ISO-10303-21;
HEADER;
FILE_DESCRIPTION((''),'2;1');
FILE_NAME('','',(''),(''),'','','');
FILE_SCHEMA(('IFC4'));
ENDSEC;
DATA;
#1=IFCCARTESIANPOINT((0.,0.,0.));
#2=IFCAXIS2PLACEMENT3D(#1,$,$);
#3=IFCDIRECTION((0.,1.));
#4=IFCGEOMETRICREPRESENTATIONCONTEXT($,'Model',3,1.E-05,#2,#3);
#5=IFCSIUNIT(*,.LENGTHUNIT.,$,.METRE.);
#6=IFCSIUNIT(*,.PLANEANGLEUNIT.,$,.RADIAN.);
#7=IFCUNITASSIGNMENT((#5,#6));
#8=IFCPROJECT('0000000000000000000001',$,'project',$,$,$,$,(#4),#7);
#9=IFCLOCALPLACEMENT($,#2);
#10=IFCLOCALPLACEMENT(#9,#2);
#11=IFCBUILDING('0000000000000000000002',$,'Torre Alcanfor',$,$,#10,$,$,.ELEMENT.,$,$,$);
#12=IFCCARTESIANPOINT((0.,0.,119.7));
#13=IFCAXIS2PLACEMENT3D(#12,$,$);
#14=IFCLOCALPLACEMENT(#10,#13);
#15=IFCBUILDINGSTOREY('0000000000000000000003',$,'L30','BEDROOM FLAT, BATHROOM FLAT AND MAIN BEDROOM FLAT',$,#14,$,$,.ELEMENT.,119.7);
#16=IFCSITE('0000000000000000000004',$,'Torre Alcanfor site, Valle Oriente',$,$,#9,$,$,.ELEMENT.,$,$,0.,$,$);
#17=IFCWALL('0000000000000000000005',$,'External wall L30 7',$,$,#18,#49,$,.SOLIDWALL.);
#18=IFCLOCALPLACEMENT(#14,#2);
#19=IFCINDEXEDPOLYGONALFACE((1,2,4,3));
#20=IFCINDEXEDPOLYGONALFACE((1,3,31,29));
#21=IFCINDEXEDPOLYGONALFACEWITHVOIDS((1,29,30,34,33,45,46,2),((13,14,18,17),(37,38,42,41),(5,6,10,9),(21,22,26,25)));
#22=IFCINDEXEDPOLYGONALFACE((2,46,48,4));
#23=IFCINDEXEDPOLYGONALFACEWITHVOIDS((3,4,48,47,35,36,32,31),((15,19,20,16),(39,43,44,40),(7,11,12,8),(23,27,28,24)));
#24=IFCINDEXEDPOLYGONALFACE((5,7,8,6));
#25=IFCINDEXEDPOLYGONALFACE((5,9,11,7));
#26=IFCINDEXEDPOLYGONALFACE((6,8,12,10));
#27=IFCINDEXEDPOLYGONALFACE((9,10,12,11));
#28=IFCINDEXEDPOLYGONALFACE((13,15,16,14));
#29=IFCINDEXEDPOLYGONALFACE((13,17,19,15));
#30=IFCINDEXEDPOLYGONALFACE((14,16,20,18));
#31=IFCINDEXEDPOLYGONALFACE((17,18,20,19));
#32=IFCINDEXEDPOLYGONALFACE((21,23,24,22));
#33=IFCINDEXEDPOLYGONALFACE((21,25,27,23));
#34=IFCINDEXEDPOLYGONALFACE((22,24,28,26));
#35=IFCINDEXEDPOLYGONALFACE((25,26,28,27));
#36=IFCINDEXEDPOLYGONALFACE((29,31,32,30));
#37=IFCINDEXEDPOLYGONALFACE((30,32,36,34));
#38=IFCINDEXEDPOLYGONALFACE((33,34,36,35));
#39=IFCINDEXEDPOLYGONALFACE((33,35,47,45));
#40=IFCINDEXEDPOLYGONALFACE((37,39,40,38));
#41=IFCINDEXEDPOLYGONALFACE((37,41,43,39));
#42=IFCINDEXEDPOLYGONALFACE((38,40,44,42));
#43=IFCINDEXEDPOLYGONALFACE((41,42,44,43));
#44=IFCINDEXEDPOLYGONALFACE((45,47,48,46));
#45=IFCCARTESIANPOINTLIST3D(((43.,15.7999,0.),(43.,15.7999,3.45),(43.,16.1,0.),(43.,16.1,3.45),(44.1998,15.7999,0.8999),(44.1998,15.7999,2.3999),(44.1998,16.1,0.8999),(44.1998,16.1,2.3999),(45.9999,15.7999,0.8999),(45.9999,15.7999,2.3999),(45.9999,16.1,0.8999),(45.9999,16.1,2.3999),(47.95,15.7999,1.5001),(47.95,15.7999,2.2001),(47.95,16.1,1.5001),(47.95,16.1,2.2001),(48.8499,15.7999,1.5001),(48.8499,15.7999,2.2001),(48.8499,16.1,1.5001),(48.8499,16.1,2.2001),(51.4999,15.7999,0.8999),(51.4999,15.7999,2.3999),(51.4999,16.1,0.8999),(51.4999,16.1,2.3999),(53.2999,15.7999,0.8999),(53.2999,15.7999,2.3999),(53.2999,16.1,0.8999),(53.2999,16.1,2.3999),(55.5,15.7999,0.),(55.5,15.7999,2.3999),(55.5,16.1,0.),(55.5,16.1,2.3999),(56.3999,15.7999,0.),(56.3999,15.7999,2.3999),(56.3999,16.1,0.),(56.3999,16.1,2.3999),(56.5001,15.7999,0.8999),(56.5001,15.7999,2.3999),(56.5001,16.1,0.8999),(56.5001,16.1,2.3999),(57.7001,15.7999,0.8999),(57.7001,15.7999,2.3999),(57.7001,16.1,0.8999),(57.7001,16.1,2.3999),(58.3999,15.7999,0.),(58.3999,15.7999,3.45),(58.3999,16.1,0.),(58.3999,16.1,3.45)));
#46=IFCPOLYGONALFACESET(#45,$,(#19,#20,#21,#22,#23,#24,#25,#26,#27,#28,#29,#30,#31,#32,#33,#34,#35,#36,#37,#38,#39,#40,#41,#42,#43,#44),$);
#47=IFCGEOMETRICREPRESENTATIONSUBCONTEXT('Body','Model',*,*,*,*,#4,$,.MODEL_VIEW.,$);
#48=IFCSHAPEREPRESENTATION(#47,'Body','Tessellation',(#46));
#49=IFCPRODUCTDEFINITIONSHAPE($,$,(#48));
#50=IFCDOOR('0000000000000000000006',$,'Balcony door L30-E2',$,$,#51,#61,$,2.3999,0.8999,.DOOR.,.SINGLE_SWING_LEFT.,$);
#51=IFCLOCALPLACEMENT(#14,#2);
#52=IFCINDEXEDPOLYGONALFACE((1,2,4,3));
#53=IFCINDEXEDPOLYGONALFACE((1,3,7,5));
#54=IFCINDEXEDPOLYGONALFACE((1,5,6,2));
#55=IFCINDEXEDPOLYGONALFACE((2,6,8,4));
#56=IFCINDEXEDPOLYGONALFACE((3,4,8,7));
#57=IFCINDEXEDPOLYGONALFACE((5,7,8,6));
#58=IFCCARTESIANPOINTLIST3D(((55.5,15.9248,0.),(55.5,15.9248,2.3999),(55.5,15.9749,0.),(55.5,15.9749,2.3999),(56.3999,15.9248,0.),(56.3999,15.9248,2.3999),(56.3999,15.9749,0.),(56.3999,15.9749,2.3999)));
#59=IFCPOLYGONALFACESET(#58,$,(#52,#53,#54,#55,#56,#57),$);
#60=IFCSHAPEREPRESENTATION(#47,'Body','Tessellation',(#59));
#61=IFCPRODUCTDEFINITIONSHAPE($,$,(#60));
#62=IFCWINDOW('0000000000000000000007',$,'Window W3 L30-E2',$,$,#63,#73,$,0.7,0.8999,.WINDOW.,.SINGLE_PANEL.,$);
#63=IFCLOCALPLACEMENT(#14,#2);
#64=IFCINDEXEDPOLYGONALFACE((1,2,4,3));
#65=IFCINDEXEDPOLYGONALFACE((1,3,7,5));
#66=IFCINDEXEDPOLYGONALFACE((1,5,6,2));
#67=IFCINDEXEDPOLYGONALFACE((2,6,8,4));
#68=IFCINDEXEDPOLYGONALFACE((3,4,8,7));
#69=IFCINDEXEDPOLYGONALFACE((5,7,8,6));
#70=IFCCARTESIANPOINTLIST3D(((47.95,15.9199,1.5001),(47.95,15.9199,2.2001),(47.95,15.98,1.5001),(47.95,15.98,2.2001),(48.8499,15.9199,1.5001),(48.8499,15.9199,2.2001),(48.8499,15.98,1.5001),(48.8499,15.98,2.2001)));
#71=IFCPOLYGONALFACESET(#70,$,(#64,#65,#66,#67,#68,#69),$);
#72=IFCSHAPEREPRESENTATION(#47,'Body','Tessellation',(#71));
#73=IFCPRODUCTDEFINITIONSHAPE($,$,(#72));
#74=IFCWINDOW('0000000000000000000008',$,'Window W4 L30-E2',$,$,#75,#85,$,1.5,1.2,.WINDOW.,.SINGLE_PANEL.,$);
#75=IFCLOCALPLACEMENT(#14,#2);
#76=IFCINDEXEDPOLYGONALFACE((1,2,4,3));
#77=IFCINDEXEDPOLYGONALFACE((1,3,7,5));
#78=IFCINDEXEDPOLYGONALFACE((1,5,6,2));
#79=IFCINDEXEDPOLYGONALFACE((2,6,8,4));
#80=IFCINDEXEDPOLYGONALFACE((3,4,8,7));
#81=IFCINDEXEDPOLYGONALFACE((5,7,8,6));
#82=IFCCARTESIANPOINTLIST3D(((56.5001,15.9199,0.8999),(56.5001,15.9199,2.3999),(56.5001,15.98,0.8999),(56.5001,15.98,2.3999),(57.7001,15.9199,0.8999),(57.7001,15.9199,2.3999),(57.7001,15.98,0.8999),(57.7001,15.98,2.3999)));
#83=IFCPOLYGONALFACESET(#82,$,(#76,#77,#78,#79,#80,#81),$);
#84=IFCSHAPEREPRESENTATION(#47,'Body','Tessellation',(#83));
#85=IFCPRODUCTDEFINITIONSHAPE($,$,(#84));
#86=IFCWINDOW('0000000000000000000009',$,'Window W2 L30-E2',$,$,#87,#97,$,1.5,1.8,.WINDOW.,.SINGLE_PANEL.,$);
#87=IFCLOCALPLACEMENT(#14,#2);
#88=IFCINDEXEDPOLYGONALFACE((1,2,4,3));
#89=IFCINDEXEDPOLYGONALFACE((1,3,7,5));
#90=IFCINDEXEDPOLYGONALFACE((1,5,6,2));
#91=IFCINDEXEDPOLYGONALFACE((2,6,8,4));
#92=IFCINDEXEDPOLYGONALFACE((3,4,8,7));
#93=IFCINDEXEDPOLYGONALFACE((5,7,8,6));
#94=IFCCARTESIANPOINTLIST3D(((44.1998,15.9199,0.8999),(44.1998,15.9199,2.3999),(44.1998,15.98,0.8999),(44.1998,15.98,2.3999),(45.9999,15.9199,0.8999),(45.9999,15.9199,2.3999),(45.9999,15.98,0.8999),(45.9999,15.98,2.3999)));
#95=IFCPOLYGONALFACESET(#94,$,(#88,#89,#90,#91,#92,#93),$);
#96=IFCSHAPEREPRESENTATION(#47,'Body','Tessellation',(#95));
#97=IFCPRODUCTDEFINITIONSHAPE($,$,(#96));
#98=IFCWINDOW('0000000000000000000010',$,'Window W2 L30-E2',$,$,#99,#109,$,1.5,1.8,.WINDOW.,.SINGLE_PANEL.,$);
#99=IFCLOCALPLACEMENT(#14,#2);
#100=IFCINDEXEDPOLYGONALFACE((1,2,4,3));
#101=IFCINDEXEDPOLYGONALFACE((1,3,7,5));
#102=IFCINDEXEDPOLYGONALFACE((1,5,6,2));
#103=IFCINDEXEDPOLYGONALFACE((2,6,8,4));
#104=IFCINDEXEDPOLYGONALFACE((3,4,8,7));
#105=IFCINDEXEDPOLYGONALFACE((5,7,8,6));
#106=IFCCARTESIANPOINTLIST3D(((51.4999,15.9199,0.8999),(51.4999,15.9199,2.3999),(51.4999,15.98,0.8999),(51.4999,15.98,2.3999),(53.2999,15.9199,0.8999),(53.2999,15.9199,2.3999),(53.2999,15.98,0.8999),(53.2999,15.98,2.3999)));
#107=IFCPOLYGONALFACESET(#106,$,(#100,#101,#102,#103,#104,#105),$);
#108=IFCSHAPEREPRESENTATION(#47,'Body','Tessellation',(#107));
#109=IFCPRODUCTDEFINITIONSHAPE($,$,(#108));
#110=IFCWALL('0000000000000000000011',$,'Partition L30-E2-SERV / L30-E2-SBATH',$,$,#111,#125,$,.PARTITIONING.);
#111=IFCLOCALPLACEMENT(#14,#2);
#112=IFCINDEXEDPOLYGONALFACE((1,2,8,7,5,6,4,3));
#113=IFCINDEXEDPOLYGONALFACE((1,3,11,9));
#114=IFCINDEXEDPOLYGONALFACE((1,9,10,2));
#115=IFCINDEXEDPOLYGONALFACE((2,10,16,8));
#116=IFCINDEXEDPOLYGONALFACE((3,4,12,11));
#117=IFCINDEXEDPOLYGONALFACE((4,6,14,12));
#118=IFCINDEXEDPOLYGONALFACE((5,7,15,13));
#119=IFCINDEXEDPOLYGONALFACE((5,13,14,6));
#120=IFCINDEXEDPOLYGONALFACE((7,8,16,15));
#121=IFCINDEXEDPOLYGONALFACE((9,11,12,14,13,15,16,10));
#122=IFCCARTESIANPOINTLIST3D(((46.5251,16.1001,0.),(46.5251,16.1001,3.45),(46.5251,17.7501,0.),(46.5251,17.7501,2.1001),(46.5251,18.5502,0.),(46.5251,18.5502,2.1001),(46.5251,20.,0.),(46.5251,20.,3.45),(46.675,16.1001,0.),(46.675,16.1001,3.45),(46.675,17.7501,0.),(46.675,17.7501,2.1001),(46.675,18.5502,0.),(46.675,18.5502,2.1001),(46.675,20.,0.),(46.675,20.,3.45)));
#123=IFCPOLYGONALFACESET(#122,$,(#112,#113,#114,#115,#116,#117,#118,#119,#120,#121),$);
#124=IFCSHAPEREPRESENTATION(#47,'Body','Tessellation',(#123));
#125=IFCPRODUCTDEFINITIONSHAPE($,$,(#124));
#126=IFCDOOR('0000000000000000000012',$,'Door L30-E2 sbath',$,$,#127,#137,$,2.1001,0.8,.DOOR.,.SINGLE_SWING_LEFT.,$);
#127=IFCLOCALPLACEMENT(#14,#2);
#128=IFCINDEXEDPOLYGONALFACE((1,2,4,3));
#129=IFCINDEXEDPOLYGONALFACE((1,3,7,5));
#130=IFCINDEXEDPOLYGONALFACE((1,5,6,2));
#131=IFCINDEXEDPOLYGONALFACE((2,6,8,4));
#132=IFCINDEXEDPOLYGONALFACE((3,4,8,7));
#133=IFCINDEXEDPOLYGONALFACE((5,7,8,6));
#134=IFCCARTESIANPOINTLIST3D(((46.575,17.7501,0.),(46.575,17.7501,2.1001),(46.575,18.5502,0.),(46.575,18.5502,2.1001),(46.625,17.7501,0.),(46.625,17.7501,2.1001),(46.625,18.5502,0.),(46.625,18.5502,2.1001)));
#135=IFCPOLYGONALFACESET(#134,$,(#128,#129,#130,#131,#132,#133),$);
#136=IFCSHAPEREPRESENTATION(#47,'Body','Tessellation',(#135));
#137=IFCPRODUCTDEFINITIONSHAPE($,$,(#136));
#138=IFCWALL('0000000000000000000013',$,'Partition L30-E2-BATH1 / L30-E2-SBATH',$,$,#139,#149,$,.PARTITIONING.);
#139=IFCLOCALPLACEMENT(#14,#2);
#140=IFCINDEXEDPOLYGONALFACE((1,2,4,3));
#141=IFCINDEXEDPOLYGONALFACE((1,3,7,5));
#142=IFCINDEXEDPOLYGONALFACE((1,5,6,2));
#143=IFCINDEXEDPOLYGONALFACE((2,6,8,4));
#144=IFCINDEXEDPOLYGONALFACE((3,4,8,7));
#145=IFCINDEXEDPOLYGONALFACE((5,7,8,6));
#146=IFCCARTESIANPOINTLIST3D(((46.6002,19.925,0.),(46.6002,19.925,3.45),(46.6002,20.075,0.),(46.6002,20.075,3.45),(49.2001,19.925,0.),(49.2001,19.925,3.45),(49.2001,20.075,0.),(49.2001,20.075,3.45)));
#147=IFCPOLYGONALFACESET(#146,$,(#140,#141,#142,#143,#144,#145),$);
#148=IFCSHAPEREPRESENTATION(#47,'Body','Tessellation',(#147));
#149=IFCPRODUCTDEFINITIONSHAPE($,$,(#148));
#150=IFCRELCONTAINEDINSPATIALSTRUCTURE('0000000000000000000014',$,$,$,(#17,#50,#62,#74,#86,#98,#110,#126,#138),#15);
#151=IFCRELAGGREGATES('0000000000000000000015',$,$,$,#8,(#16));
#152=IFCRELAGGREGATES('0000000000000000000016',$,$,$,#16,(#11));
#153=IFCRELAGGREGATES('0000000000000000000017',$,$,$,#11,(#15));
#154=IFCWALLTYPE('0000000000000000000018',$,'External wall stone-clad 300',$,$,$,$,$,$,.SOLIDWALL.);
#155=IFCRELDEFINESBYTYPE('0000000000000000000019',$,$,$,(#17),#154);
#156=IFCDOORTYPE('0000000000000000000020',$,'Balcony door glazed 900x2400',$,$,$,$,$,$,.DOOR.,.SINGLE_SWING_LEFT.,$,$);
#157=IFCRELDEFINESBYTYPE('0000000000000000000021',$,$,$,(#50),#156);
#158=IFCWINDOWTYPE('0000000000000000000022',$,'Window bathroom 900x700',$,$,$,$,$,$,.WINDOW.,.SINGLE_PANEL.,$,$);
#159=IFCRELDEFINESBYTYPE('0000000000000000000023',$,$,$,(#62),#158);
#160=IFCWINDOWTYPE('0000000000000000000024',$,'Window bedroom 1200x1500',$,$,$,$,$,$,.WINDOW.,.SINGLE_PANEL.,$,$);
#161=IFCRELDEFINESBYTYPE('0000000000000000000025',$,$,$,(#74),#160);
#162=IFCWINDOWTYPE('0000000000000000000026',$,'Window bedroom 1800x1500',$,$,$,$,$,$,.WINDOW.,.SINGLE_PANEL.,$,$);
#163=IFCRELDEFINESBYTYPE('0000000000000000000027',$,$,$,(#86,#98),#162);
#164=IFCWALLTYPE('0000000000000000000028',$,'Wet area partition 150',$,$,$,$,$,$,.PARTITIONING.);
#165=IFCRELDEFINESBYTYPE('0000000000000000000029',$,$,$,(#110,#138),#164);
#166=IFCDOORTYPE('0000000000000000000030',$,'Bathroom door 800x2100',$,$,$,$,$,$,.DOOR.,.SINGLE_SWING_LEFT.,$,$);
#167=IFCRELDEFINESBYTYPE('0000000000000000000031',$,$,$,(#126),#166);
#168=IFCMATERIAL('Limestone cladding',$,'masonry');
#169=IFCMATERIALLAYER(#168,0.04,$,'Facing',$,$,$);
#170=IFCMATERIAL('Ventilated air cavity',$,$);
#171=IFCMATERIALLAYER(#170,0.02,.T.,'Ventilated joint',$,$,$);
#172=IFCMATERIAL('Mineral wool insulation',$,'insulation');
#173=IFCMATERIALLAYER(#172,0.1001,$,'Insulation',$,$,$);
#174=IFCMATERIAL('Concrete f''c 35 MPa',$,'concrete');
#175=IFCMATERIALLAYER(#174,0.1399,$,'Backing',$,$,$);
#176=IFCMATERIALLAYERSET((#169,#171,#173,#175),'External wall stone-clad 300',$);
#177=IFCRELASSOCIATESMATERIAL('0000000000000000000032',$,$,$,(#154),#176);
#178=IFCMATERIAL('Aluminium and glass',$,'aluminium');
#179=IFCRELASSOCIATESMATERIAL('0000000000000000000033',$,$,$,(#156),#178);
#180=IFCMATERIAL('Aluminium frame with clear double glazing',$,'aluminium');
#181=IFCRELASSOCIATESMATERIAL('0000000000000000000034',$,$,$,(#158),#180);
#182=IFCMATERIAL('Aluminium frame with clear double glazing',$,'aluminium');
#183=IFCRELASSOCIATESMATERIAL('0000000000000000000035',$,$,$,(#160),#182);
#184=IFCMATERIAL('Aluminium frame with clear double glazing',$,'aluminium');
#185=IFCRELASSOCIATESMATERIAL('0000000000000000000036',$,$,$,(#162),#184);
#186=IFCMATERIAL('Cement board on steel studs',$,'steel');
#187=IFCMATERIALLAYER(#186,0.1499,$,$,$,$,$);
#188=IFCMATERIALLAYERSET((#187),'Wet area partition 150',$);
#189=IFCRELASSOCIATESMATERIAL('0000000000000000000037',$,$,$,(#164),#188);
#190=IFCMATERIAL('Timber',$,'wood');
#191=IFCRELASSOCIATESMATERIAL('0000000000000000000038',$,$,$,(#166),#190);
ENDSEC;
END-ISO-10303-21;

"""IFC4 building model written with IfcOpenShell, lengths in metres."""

from ifc_helpers import new_model, si_unit, direction, frame, frame_2d, origin, place, context, subcontext, project, spatial, rectangle, extrude, material, layer, layer_set, type_object, element, fill, save


model = new_model("IFC4")

# Units and contexts
model_context = context("Model", 3, precision=1e-05, world=origin(), true_north=direction((0.0, 1.0)))
body_context = subcontext(model_context, "Body", "Model", "MODEL_VIEW")
ifc_project = project(units=[si_unit("LENGTHUNIT", "METRE"), si_unit("PLANEANGLEUNIT", "RADIAN")], contexts=[model_context])

# Site, building, storey
site_placement = place(None, origin())
site = spatial("IfcSite", under=ifc_project, at=site_placement, Name="Torre Alcanfor site, Valle Oriente", CompositionType="ELEMENT", RefElevation=0.0)
building_placement = place(site_placement, origin())
building = spatial("IfcBuilding", under=site, at=building_placement, Name="Torre Alcanfor", CompositionType="ELEMENT")
storey_placement = place(building_placement, frame((0.0, 0.0, 119.7)))
storey = spatial("IfcBuildingStorey", under=building, at=storey_placement, Name="L30", Description="BEDROOM FLAT, BATHROOM FLAT AND MAIN BEDROOM FLAT", CompositionType="ELEMENT", Elevation=119.7)

# Wall, openings, door, windows
ifc_material_1 = material(Name="Limestone cladding", Category="masonry")
ifc_layer_1 = layer(ifc_material_1, 0.04, Name="Facing")
ifc_material_2 = material(Name="Ventilated air cavity")
ifc_layer_2 = layer(ifc_material_2, 0.02, ventilated=True, Name="Ventilated joint")
ifc_material_3 = material(Name="Mineral wool insulation", Category="insulation")
ifc_layer_3 = layer(ifc_material_3, 0.1001, Name="Insulation")
ifc_material_4 = material(Name="Concrete f'c 35 MPa", Category="concrete")
ifc_layer_4 = layer(ifc_material_4, 0.1399, Name="Backing")
ifc_layer_set_1 = layer_set([ifc_layer_1, ifc_layer_2, ifc_layer_3, ifc_layer_4], Name="External wall stone-clad 300")
wall_type_1 = type_object("IfcWallType", Name="External wall stone-clad 300", PredefinedType="SOLIDWALL", material=ifc_layer_set_1)
wall_1_placement = place(storey_placement, frame((43.0, 15.95, 0.0), z_axis=(0.0, 0.0, 1.0), x_axis=(1.0, 0.0, 0.0)))
wall_1 = element("IfcWall", 1, at=wall_1_placement, inside=storey, type_object=wall_type_1, Name="External wall L30 7", PredefinedType="SOLIDWALL", context=body_context, shape_type="SweptSolid", body=[
    extrude(rectangle(XDim=15.3999, YDim=0.3, at=frame_2d((7.7, 0.0))), origin(), (0.0, 0.0, 1.0), 3.45),
])
opening_1_placement = place(wall_1_placement, frame((1.2, 0.0, 0.8999)))
opening_1 = element("IfcOpeningElement", 2, at=opening_1_placement, cuts=wall_1, PredefinedType="OPENING", context=body_context, shape_type="SweptSolid", body=[
    extrude(rectangle(XDim=1.8, YDim=1.5, at=frame_2d((0.8999, 0.75))), frame((0.0, 0.1599, 0.0), z_axis=(0.0, -1.0, 0.0), x_axis=(1.0, 0.0, 0.0)), (0.0, 0.0, 1.0), 0.3201),
])
opening_2_placement = place(wall_1_placement, frame((4.95, 0.0, 1.5)))
opening_2 = element("IfcOpeningElement", 3, at=opening_2_placement, cuts=wall_1, PredefinedType="OPENING", context=body_context, shape_type="SweptSolid", body=[
    extrude(rectangle(XDim=0.8999, YDim=0.7, at=frame_2d((0.45, 0.3501))), frame((0.0, 0.1599, 0.0), z_axis=(0.0, -1.0, 0.0), x_axis=(1.0, 0.0, 0.0)), (0.0, 0.0, 1.0), 0.3201),
])
opening_3_placement = place(wall_1_placement, frame((8.5, 0.0, 0.8999)))
opening_3 = element("IfcOpeningElement", 4, at=opening_3_placement, cuts=wall_1, PredefinedType="OPENING", context=body_context, shape_type="SweptSolid", body=[
    extrude(rectangle(XDim=1.8, YDim=1.5, at=frame_2d((0.8999, 0.75))), frame((0.0, 0.1599, 0.0), z_axis=(0.0, -1.0, 0.0), x_axis=(1.0, 0.0, 0.0)), (0.0, 0.0, 1.0), 0.3201),
])
opening_4_placement = place(wall_1_placement, frame((12.5, 0.0, 0.0)))
opening_4 = element("IfcOpeningElement", 5, at=opening_4_placement, cuts=wall_1, PredefinedType="OPENING", context=body_context, shape_type="SweptSolid", body=[
    extrude(rectangle(XDim=0.8999, YDim=2.3999, at=frame_2d((0.45, 1.2))), frame((0.0, 0.1599, 0.0), z_axis=(0.0, -1.0, 0.0), x_axis=(1.0, 0.0, 0.0)), (0.0, 0.0, 1.0), 0.3201),
])
opening_5_placement = place(wall_1_placement, frame((13.5, 0.0, 0.8999)))
opening_5 = element("IfcOpeningElement", 6, at=opening_5_placement, cuts=wall_1, PredefinedType="OPENING", context=body_context, shape_type="SweptSolid", body=[
    extrude(rectangle(XDim=1.2, YDim=1.5, at=frame_2d((0.6001, 0.75))), frame((0.0, 0.1599, 0.0), z_axis=(0.0, -1.0, 0.0), x_axis=(1.0, 0.0, 0.0)), (0.0, 0.0, 1.0), 0.3201),
])
ifc_material_5 = material(Name="Aluminium and glass", Category="aluminium")
door_type_1 = type_object("IfcDoorType", Name="Balcony door glazed 900x2400", OperationType="SINGLE_SWING_LEFT", PredefinedType="DOOR", material=ifc_material_5)
door_1_placement = place(opening_4_placement, origin())
door_1 = element("IfcDoor", 7, at=door_1_placement, inside=storey, type_object=door_type_1, Name="Balcony door L30-E2", OperationType="SINGLE_SWING_LEFT", OverallHeight=2.3999, OverallWidth=0.8999, PredefinedType="DOOR", context=body_context, shape_type="SweptSolid", body=[
    extrude(rectangle(XDim=0.8999, YDim=2.3999, at=frame_2d((0.45, 1.2))), frame((0.0, 0.0249, 0.0), z_axis=(0.0, -1.0, 0.0), x_axis=(1.0, 0.0, 0.0)), (0.0, 0.0, 1.0), 0.05),
])
fill(opening_4, door_1)
ifc_material_6 = material(Name="Aluminium frame with clear double glazing", Category="aluminium")
window_type_1 = type_object("IfcWindowType", Name="Window bathroom 900x700", PartitioningType="SINGLE_PANEL", PredefinedType="WINDOW", material=ifc_material_6)
window_1_placement = place(opening_2_placement, origin())
window_1 = element("IfcWindow", 8, at=window_1_placement, inside=storey, type_object=window_type_1, Name="Window W3 L30-E2", OverallHeight=0.7, OverallWidth=0.8999, PartitioningType="SINGLE_PANEL", PredefinedType="WINDOW", context=body_context, shape_type="SweptSolid", body=[
    extrude(rectangle(XDim=0.8999, YDim=0.7, at=frame_2d((0.45, 0.3501))), frame((0.0, 0.03, 0.0), z_axis=(0.0, -1.0, 0.0), x_axis=(1.0, 0.0, 0.0)), (0.0, 0.0, 1.0), 0.0601),
])
fill(opening_2, window_1)
ifc_material_7 = material(Name="Aluminium frame with clear double glazing", Category="aluminium")
window_type_2 = type_object("IfcWindowType", Name="Window bedroom 1200x1500", PartitioningType="SINGLE_PANEL", PredefinedType="WINDOW", material=ifc_material_7)
window_2_placement = place(opening_5_placement, origin())
window_2 = element("IfcWindow", 9, at=window_2_placement, inside=storey, type_object=window_type_2, Name="Window W4 L30-E2", OverallHeight=1.5, OverallWidth=1.2, PartitioningType="SINGLE_PANEL", PredefinedType="WINDOW", context=body_context, shape_type="SweptSolid", body=[
    extrude(rectangle(XDim=1.2, YDim=1.5, at=frame_2d((0.6001, 0.75))), frame((0.0, 0.03, 0.0), z_axis=(0.0, -1.0, 0.0), x_axis=(1.0, 0.0, 0.0)), (0.0, 0.0, 1.0), 0.0601),
])
fill(opening_5, window_2)
ifc_material_8 = material(Name="Aluminium frame with clear double glazing", Category="aluminium")
window_type_3 = type_object("IfcWindowType", Name="Window bedroom 1800x1500", PartitioningType="SINGLE_PANEL", PredefinedType="WINDOW", material=ifc_material_8)
window_3_placement = place(opening_1_placement, origin())
window_3 = element("IfcWindow", 10, at=window_3_placement, inside=storey, type_object=window_type_3, Name="Window W2 L30-E2", OverallHeight=1.5, OverallWidth=1.8, PartitioningType="SINGLE_PANEL", PredefinedType="WINDOW", context=body_context, shape_type="SweptSolid", body=[
    extrude(rectangle(XDim=1.8, YDim=1.5, at=frame_2d((0.8999, 0.75))), frame((0.0, 0.03, 0.0), z_axis=(0.0, -1.0, 0.0), x_axis=(1.0, 0.0, 0.0)), (0.0, 0.0, 1.0), 0.0601),
])
fill(opening_1, window_3)
window_4_placement = place(opening_3_placement, origin())
window_4 = element("IfcWindow", 11, at=window_4_placement, inside=storey, type_object=window_type_3, Name="Window W2 L30-E2", OverallHeight=1.5, OverallWidth=1.8, PartitioningType="SINGLE_PANEL", PredefinedType="WINDOW", context=body_context, shape_type="SweptSolid", body=[
    extrude(rectangle(XDim=1.8, YDim=1.5, at=frame_2d((0.8999, 0.75))), frame((0.0, 0.03, 0.0), z_axis=(0.0, -1.0, 0.0), x_axis=(1.0, 0.0, 0.0)), (0.0, 0.0, 1.0), 0.0601),
])
fill(opening_3, window_4)

# Wall, opening, door
ifc_material_9 = material(Name="Cement board on steel studs", Category="steel")
ifc_layer_5 = layer(ifc_material_9, 0.1499)
ifc_layer_set_2 = layer_set([ifc_layer_5], Name="Wet area partition 150")
wall_type_2 = type_object("IfcWallType", Name="Wet area partition 150", PredefinedType="PARTITIONING", material=ifc_layer_set_2)
wall_2_placement = place(storey_placement, frame((46.6001, 20.0, 0.0), z_axis=(0.0, 0.0, 1.0), x_axis=(0.0, -1.0, 0.0)))
wall_2 = element("IfcWall", 12, at=wall_2_placement, inside=storey, type_object=wall_type_2, Name="Partition L30-E2-SERV / L30-E2-SBATH", PredefinedType="PARTITIONING", context=body_context, shape_type="SweptSolid", body=[
    extrude(rectangle(XDim=3.8999, YDim=0.1499, at=frame_2d((1.95, 0.0))), origin(), (0.0, 0.0, 1.0), 3.45),
])
opening_6_placement = place(wall_2_placement, frame((1.45, 0.0, 0.0)))
opening_6 = element("IfcOpeningElement", 13, at=opening_6_placement, cuts=wall_2, PredefinedType="OPENING", context=body_context, shape_type="SweptSolid", body=[
    extrude(rectangle(XDim=0.8, YDim=2.1001, at=frame_2d((0.3999, 1.05))), frame((0.0, 0.085, 0.0), z_axis=(0.0, -1.0, 0.0), x_axis=(1.0, 0.0, 0.0)), (0.0, 0.0, 1.0), 0.1699),
])
ifc_material_10 = material(Name="Timber", Category="wood")
door_type_2 = type_object("IfcDoorType", Name="Bathroom door 800x2100", OperationType="SINGLE_SWING_LEFT", PredefinedType="DOOR", material=ifc_material_10)
door_2_placement = place(opening_6_placement, origin())
door_2 = element("IfcDoor", 14, at=door_2_placement, inside=storey, type_object=door_type_2, Name="Door L30-E2 sbath", OperationType="SINGLE_SWING_LEFT", OverallHeight=2.1001, OverallWidth=0.8, PredefinedType="DOOR", context=body_context, shape_type="SweptSolid", body=[
    extrude(rectangle(XDim=0.8, YDim=2.1001, at=frame_2d((0.3999, 1.05))), frame((0.0, 0.0249, 0.0), z_axis=(0.0, -1.0, 0.0), x_axis=(1.0, 0.0, 0.0)), (0.0, 0.0, 1.0), 0.05),
])
fill(opening_6, door_2)

# Wall
wall_3_placement = place(storey_placement, frame((49.2, 20.0, 0.0), z_axis=(0.0, 0.0, 1.0), x_axis=(-1.0, 0.0, 0.0)))
element("IfcWall", 15, at=wall_3_placement, inside=storey, type_object=wall_type_2, Name="Partition L30-E2-BATH1 / L30-E2-SBATH", PredefinedType="PARTITIONING", context=body_context, shape_type="SweptSolid", body=[
    extrude(rectangle(XDim=2.5999, YDim=0.1499, at=frame_2d((1.2998, 0.0))), origin(), (0.0, 0.0, 1.0), 3.45),
])

save(model, "model.ifc")
